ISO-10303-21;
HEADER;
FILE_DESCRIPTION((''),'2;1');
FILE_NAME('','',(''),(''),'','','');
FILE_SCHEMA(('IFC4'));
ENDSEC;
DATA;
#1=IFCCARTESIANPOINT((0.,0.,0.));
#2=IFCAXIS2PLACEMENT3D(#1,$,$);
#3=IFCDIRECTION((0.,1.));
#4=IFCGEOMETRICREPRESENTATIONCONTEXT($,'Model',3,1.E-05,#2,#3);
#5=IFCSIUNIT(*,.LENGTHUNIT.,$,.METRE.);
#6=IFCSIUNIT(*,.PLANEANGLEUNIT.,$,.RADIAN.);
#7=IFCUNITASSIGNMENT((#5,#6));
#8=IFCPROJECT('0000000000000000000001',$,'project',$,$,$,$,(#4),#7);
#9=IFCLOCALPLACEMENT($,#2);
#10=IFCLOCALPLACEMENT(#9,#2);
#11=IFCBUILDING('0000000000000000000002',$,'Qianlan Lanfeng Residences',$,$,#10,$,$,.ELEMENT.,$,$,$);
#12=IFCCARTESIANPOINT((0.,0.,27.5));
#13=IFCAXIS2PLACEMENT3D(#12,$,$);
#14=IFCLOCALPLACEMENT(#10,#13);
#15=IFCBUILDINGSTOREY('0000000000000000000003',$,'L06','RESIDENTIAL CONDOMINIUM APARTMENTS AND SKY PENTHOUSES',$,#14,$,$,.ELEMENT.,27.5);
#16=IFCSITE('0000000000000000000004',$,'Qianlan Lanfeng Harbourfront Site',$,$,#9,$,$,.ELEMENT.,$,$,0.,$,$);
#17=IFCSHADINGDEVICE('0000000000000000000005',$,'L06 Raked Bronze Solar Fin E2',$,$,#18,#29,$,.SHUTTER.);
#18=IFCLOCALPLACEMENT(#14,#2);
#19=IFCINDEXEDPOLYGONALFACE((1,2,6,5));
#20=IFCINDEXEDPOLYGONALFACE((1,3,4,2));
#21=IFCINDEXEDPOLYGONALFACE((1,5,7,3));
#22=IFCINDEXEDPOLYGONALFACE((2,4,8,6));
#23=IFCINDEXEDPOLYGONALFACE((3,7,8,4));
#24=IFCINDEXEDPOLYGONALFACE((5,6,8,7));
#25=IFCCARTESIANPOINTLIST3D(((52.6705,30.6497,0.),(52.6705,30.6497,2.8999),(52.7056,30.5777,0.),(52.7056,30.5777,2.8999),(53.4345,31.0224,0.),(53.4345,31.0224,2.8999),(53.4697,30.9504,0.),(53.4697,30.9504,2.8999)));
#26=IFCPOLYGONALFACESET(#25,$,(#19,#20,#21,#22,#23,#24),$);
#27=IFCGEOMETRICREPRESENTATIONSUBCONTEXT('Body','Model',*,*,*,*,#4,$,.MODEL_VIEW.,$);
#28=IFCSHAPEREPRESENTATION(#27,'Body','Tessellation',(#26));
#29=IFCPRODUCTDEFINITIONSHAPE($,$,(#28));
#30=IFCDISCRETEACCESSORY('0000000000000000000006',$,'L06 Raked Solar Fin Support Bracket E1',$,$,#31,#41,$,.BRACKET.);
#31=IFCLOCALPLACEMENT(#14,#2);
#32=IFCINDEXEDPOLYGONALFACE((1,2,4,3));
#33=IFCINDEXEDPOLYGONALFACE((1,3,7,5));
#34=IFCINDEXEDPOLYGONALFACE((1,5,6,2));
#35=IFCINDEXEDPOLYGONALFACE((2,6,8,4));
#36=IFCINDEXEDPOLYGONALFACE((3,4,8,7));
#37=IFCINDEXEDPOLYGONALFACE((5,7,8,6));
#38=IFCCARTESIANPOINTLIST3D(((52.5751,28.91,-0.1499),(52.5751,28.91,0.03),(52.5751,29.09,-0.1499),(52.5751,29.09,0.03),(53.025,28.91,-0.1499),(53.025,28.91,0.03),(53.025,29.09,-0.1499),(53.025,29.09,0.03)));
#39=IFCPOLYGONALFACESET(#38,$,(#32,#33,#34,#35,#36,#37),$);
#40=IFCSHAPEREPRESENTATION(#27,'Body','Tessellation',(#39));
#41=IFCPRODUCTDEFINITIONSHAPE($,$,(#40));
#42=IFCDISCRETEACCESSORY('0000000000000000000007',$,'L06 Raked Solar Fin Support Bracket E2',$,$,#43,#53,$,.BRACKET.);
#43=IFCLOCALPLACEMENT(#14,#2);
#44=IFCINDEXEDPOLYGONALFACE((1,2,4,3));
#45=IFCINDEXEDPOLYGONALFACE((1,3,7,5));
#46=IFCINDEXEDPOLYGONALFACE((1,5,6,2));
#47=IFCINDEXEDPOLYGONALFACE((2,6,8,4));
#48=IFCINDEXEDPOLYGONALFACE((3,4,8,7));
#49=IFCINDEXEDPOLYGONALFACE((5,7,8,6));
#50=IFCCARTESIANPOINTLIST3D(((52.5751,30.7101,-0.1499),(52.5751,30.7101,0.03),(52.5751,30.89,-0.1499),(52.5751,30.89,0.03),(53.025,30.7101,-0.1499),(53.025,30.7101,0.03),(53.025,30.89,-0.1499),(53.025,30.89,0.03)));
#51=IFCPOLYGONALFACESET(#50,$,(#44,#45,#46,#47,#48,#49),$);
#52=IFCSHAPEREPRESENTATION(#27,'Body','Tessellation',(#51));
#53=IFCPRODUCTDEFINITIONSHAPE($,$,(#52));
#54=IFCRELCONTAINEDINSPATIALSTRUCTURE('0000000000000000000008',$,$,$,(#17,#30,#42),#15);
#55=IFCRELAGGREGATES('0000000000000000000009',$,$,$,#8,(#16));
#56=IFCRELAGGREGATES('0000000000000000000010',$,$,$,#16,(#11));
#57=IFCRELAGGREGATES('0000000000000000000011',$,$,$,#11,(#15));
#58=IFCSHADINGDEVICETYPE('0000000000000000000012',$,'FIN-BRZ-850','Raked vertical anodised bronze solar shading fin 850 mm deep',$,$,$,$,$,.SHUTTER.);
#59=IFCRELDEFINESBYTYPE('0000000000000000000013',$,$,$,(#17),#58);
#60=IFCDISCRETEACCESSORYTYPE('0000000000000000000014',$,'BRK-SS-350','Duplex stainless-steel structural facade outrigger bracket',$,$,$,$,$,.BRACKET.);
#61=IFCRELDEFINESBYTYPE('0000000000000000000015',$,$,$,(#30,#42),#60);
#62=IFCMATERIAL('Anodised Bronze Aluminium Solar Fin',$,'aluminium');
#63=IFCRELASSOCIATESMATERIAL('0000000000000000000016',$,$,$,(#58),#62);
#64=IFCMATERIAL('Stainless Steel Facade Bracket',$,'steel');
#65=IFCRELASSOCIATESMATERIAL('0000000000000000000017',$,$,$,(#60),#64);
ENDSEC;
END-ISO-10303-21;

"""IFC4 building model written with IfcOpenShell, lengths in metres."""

from ifc_helpers import new_model, si_unit, direction, frame, origin, origin_2d, place, context, subcontext, project, spatial, rectangle, extrude, source, transform, mapped, material, type_object, element, save


model = new_model("IFC4")

# Units and contexts
model_context = context("Model", 3, precision=1e-05, world=origin(), true_north=direction((0.0, 1.0)))
body_context = subcontext(model_context, "Body", "Model", "MODEL_VIEW")
ifc_project = project(units=[si_unit("LENGTHUNIT", "METRE"), si_unit("PLANEANGLEUNIT", "RADIAN")], contexts=[model_context])

# Site, building, storey
site_placement = place(None, origin())
site = spatial("IfcSite", under=ifc_project, at=site_placement, Name="Qianlan Lanfeng Harbourfront Site", CompositionType="ELEMENT", RefElevation=0.0)
building_placement = place(site_placement, origin())
building = spatial("IfcBuilding", under=site, at=building_placement, Name="Qianlan Lanfeng Residences", CompositionType="ELEMENT")
storey_placement = place(building_placement, frame((0.0, 0.0, 27.5)))
storey = spatial("IfcBuildingStorey", under=building, at=storey_placement, Name="L06", Description="RESIDENTIAL CONDOMINIUM APARTMENTS AND SKY PENTHOUSES", CompositionType="ELEMENT", Elevation=27.5)

# Shading device
ifc_material_1 = material(Name="Anodised Bronze Aluminium Solar Fin", Category="aluminium")
shading_device_type = type_object("IfcShadingDeviceType", Name="FIN-BRZ-850", Description="Raked vertical anodised bronze solar shading fin 850 mm deep", PredefinedType="SHUTTER", material=ifc_material_1)
shared_shape_1 = source(origin(), body_context, "Body", "SweptSolid", [
    extrude(rectangle(XDim=0.8501, YDim=0.0801, at=origin_2d()), origin(), (0.0, 0.0, 1.0), 2.8999),
])
for number, where, z_axis, x_axis, name in (
    (1, (53.0701, 30.8, 0.0), (0.0, 0.0, 1.0), (0.898794, 0.438371, 0.0), "L06 Raked Bronze Solar Fin E2"),
):
    element("IfcShadingDevice", number, at=place(storey_placement, frame(where, z_axis=z_axis, x_axis=x_axis)), inside=storey, type_object=shading_device_type, Name=name, PredefinedType="SHUTTER", context=body_context, shape_type="MappedRepresentation", body=[
        mapped(shared_shape_1, transform((0.0, 0.0, 0.0), scale=1.0)),
    ])

# Discrete accessories
ifc_material_2 = material(Name="Stainless Steel Facade Bracket", Category="steel")
discrete_accessory_type = type_object("IfcDiscreteAccessoryType", Name="BRK-SS-350", Description="Duplex stainless-steel structural facade outrigger bracket", PredefinedType="BRACKET", material=ifc_material_2)
shared_shape_2 = source(origin(), body_context, "Body", "SweptSolid", [
    extrude(rectangle(XDim=0.45, YDim=0.1799, at=origin_2d()), origin(), (0.0, 0.0, 1.0), 0.1799),
])
for number, where, z_axis, x_axis, name in (
    (2, (52.8, 29.0, -0.1499), (0.0, 0.0, 1.0), (1.0, 0.0, 0.0), "L06 Raked Solar Fin Support Bracket E1"),
    (3, (52.8, 30.8, -0.1499), (0.0, 0.0, 1.0), (1.0, 0.0, 0.0), "L06 Raked Solar Fin Support Bracket E2"),
):
    element("IfcDiscreteAccessory", number, at=place(storey_placement, frame(where, z_axis=z_axis, x_axis=x_axis)), inside=storey, type_object=discrete_accessory_type, Name=name, PredefinedType="BRACKET", context=body_context, shape_type="MappedRepresentation", body=[
        mapped(shared_shape_2, transform((0.0, 0.0, 0.0), scale=1.0)),
    ])

save(model, "model.ifc")
